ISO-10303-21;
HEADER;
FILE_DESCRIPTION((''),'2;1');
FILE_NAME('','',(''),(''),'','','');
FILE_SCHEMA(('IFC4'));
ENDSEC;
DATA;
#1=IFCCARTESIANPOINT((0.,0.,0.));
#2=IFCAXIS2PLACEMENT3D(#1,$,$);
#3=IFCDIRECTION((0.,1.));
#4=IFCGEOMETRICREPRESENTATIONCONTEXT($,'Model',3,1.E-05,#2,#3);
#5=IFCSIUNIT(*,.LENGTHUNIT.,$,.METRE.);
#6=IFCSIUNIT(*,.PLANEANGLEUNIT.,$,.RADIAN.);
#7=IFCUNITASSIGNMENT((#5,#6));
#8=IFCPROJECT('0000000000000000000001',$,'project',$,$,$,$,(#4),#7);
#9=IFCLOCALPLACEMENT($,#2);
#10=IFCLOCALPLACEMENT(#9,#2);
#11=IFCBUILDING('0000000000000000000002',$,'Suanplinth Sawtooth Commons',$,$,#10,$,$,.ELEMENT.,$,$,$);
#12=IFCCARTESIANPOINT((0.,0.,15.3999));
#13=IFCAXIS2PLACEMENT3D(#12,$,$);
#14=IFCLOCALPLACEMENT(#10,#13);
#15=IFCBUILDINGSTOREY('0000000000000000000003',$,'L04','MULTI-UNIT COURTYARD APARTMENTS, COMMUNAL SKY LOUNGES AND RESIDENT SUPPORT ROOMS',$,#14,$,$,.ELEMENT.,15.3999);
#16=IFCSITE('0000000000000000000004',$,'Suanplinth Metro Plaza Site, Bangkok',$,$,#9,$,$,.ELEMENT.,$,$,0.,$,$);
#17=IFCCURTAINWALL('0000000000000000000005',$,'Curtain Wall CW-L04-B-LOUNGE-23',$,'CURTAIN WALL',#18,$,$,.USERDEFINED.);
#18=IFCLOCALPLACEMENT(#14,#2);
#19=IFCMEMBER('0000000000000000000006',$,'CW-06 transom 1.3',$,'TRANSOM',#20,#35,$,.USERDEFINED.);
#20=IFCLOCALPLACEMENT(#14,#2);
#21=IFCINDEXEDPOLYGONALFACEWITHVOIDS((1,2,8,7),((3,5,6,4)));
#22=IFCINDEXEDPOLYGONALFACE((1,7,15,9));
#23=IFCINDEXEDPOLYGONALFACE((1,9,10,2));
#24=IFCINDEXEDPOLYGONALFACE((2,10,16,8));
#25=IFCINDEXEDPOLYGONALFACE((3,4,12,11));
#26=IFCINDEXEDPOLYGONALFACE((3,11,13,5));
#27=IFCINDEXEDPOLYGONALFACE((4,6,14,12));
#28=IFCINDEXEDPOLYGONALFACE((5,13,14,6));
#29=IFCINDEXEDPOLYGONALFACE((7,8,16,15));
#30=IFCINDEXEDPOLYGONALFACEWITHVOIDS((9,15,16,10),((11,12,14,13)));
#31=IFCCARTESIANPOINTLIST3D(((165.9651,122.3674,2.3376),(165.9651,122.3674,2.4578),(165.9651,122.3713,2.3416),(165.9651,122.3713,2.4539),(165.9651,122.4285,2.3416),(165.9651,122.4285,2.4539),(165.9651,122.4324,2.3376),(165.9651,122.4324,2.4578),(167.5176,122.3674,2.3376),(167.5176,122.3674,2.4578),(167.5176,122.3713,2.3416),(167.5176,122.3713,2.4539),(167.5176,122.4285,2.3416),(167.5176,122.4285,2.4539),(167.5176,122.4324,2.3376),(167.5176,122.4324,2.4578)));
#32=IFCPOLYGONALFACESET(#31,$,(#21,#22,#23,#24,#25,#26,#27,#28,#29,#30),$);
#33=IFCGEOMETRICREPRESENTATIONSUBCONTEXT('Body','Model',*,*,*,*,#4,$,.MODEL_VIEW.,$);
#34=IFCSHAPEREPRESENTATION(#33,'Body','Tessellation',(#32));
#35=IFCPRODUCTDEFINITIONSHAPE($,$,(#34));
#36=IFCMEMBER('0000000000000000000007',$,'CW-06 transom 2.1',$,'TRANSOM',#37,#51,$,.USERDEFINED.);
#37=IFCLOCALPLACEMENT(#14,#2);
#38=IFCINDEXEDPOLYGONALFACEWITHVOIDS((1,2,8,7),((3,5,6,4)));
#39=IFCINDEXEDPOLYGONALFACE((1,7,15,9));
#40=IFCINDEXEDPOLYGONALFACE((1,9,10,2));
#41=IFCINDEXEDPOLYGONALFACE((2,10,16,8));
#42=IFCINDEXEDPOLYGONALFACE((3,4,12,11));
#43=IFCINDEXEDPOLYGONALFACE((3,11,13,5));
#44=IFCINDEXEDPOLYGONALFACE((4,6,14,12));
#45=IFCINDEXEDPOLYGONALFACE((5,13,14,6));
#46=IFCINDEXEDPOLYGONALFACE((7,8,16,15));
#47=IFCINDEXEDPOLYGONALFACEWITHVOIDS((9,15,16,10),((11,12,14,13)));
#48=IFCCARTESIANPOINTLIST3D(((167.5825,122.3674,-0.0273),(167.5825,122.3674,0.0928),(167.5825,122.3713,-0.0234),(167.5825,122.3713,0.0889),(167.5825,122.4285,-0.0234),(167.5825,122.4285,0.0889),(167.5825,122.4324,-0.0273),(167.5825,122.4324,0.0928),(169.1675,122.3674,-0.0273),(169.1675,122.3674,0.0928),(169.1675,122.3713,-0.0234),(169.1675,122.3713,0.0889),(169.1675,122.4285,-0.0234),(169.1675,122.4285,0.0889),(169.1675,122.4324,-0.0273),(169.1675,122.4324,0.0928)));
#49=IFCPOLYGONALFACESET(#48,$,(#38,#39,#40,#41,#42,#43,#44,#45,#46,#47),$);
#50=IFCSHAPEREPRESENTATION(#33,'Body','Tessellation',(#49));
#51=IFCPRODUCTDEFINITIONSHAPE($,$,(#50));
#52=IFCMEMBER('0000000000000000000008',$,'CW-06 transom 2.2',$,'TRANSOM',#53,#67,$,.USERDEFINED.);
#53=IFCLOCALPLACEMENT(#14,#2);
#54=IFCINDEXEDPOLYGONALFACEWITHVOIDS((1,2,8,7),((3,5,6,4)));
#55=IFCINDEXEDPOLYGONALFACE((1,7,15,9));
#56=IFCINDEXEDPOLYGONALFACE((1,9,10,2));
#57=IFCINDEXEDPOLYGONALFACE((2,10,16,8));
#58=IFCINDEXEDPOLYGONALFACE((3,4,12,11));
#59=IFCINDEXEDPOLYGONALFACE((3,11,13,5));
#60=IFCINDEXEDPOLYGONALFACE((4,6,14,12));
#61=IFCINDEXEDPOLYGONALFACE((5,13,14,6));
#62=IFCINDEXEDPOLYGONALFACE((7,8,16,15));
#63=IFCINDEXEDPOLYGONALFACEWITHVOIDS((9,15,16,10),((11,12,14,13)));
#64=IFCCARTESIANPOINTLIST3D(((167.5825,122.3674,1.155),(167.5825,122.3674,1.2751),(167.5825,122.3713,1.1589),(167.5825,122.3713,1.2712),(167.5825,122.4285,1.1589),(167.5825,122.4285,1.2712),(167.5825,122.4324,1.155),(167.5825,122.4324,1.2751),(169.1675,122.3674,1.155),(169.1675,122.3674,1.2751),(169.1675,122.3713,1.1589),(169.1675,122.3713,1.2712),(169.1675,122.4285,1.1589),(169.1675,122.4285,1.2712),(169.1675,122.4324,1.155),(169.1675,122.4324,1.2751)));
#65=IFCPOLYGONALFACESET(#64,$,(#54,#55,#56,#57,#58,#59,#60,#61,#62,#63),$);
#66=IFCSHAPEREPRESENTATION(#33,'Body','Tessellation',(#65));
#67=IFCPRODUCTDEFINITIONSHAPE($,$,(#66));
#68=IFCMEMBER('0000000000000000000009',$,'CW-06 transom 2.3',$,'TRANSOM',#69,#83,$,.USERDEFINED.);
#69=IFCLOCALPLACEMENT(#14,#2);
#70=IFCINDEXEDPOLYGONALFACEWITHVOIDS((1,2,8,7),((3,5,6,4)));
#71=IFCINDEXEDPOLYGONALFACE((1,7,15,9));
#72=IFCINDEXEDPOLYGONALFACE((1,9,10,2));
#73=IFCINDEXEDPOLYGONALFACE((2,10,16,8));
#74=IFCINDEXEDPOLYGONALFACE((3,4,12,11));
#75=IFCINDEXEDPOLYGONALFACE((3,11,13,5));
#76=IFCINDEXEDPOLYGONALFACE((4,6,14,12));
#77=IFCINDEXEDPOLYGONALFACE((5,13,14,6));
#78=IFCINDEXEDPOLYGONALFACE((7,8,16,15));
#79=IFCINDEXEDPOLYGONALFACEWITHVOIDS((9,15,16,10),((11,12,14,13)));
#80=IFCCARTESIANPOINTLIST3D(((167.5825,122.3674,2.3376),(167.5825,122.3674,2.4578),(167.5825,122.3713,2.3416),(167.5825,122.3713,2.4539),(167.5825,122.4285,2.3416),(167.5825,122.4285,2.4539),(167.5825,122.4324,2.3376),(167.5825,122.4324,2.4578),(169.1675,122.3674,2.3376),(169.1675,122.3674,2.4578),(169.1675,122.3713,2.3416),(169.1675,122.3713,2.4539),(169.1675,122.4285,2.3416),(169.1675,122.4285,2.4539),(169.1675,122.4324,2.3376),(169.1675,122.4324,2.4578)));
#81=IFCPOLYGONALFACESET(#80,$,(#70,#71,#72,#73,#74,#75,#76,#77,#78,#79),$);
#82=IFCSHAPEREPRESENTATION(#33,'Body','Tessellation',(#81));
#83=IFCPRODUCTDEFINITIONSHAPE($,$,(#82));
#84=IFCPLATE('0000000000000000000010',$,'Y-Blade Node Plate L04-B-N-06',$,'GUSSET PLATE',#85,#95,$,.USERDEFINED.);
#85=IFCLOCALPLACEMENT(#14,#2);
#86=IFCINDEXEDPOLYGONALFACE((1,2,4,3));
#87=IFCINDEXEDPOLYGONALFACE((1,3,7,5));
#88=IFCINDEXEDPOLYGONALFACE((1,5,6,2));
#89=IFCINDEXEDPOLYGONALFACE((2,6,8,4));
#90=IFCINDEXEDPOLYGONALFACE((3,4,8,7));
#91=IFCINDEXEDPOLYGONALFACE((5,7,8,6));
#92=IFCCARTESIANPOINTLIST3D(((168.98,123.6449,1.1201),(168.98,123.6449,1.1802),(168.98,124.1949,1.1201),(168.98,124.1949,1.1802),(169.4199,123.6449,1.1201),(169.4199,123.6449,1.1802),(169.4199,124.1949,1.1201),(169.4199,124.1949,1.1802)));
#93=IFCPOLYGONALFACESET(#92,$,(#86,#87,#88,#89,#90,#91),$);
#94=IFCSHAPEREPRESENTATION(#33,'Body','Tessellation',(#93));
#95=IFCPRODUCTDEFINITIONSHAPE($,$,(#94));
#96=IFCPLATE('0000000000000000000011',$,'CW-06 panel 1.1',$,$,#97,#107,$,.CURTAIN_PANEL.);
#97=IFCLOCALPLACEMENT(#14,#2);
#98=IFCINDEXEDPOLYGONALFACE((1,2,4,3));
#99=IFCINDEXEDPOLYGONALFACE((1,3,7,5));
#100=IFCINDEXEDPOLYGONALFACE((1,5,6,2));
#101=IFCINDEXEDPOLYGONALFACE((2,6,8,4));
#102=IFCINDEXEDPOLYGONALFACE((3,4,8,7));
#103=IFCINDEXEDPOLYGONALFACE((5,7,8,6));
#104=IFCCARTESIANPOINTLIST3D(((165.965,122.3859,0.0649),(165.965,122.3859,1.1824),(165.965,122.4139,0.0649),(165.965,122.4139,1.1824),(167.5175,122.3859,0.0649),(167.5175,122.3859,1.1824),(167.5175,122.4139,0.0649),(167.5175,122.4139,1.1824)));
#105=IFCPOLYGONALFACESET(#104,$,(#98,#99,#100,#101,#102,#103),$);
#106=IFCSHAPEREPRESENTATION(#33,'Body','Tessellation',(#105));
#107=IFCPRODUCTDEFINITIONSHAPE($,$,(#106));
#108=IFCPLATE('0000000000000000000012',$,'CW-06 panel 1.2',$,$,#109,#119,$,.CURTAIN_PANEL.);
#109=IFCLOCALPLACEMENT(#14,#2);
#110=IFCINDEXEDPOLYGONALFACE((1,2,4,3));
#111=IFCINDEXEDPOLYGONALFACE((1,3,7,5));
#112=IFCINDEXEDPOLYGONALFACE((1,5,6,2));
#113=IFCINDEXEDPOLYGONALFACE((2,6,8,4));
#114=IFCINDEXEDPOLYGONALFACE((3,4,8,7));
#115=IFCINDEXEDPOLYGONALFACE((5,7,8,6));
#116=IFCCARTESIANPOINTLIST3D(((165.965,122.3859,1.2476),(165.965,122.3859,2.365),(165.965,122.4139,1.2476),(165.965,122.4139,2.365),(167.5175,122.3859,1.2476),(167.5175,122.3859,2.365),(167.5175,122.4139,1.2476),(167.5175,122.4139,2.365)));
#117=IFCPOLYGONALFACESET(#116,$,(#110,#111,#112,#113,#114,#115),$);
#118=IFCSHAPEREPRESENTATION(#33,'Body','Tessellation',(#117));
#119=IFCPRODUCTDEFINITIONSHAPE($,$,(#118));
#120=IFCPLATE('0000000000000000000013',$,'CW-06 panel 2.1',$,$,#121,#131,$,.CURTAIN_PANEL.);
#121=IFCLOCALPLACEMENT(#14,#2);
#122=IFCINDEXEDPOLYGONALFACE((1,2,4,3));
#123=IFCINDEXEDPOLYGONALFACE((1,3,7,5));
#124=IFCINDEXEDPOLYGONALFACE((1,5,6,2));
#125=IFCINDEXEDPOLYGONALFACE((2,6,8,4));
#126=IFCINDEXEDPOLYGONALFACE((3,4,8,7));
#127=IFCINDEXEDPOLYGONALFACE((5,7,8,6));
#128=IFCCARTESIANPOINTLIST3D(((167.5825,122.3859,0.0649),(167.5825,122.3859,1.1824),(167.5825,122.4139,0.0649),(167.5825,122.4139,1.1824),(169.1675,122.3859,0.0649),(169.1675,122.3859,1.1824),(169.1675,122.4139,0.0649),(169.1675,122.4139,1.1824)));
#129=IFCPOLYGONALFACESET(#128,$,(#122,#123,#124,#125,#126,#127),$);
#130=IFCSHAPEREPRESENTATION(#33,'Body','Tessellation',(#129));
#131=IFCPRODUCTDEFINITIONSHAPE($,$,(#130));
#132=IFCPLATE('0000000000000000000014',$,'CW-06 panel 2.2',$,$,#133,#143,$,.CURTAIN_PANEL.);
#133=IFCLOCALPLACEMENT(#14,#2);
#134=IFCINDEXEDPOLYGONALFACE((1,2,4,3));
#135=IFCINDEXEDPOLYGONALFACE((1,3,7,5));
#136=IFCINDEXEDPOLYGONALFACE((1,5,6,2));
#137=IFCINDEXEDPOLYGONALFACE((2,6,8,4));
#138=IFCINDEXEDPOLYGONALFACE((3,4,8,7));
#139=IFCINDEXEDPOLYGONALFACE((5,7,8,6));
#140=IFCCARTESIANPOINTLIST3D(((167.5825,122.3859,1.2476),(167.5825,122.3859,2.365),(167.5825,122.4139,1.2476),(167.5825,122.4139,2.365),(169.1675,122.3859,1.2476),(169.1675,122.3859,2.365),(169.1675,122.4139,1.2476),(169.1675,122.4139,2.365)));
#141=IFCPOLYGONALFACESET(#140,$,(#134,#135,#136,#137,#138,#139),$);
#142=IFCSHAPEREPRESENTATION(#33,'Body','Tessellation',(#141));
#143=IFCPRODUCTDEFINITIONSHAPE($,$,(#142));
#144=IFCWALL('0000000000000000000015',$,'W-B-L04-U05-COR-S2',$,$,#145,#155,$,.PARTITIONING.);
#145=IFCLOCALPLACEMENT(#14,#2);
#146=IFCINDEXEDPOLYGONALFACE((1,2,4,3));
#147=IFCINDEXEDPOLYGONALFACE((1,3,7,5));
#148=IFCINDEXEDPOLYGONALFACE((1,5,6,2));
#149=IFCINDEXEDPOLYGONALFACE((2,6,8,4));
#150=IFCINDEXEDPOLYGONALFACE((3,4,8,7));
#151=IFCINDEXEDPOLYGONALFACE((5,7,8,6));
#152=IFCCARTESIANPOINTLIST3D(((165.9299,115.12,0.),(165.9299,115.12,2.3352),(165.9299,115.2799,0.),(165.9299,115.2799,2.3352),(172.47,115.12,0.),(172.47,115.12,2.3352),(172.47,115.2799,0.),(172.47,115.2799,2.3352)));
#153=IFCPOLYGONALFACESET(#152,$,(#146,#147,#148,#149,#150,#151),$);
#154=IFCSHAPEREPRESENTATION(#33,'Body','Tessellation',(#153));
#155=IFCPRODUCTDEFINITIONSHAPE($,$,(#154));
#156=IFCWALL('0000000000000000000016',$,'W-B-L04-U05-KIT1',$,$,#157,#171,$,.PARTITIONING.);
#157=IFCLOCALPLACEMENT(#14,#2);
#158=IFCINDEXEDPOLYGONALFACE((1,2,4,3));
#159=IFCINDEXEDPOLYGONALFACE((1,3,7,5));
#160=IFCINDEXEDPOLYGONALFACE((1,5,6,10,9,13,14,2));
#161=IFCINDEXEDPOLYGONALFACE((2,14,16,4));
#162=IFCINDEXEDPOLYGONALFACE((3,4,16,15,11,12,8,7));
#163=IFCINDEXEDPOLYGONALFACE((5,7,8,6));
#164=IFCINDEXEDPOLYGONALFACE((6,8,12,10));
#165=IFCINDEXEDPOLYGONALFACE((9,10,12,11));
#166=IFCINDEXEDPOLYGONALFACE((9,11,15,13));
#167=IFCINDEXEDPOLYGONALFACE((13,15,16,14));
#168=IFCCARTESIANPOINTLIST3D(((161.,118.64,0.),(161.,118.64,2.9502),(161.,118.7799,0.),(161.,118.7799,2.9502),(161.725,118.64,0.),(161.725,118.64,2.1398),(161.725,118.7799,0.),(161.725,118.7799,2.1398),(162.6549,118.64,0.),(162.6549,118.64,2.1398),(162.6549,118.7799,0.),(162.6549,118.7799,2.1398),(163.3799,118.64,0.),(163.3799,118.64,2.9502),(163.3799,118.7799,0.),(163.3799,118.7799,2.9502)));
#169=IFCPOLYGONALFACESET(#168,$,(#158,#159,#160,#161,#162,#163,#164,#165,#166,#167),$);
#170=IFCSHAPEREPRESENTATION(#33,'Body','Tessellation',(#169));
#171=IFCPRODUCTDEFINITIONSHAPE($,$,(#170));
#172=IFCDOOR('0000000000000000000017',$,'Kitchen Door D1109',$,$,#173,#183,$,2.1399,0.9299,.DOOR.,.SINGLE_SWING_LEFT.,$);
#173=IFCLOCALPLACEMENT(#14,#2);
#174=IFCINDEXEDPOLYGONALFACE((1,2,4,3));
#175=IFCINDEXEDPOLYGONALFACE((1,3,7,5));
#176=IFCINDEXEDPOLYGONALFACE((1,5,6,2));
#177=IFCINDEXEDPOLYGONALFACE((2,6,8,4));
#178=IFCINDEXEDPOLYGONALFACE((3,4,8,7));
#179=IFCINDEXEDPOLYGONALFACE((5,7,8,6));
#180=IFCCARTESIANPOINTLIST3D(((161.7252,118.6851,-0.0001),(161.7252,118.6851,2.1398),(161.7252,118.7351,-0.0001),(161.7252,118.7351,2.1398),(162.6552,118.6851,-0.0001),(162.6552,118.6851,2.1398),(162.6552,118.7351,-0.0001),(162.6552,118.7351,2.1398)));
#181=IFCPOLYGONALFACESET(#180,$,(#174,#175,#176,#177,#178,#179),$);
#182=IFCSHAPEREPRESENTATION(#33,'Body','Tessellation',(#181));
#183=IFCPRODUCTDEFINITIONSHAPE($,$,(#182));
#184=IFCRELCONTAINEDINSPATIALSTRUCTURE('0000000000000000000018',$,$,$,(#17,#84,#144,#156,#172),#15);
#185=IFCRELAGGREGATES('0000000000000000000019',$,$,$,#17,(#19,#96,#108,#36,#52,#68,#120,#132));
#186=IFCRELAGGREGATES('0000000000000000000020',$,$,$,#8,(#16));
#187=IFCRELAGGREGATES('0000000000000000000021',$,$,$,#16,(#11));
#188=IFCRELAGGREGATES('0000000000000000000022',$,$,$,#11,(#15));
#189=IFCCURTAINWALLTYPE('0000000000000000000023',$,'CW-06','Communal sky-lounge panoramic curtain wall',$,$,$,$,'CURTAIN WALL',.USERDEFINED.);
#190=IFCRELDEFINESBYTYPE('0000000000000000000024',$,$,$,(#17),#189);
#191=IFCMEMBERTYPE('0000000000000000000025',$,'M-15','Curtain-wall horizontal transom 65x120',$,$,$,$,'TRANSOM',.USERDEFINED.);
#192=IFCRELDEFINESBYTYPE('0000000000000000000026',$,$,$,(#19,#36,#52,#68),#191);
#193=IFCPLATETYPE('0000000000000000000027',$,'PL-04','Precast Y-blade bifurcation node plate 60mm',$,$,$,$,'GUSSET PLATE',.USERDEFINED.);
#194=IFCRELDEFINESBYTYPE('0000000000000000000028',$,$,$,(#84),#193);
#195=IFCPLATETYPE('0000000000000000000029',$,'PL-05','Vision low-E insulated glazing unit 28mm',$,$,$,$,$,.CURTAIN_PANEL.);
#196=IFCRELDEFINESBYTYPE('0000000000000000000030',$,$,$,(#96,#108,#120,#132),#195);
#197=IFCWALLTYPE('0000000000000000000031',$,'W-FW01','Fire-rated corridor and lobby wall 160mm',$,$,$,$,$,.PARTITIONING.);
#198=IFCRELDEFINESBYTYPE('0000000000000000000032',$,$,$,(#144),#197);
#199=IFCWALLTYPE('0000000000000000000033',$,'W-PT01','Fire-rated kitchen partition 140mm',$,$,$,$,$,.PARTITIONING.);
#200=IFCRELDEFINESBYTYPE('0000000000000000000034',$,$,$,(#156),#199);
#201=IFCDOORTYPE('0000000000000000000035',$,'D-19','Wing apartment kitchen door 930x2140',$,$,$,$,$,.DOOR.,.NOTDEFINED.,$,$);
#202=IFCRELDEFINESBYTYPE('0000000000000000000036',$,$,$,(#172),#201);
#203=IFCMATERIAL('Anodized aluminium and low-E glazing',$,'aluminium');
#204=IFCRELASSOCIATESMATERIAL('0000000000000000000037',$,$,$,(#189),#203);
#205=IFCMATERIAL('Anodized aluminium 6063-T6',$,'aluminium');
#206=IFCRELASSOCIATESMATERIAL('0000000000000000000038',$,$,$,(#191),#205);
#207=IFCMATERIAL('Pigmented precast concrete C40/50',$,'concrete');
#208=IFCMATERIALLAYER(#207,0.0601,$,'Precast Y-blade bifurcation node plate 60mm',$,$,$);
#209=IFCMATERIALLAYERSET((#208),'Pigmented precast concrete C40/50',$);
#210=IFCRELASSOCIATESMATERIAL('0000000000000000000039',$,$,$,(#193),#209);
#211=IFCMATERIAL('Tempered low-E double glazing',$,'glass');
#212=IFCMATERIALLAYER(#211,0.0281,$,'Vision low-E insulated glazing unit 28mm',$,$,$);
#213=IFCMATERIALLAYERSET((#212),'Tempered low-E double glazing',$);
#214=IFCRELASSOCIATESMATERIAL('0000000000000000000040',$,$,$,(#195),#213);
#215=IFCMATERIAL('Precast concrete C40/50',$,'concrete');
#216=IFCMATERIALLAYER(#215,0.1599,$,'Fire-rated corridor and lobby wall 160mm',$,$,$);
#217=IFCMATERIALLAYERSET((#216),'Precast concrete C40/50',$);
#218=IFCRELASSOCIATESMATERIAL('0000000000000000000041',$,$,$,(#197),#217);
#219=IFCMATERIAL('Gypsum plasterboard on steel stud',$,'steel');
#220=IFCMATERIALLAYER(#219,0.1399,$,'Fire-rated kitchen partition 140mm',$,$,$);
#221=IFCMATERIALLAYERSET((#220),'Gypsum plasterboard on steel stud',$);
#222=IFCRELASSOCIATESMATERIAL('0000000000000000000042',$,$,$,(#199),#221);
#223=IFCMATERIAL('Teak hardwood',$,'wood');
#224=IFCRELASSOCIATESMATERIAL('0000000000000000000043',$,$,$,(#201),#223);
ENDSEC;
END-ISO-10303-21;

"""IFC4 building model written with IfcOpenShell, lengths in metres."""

from ifc_helpers import new_model, si_unit, direction, frame, frame_2d, origin, origin_2d, place, context, subcontext, project, spatial, rectangle, hollow_rectangle, extrude, material, layer, layer_set, material_profile, profile_set, type_object, element, fill, aggregate, save


model = new_model("IFC4")

# Units and contexts
model_context = context("Model", 3, precision=1e-05, world=origin(), true_north=direction((0.0, 1.0)))
body_context = subcontext(model_context, "Body", "Model", "MODEL_VIEW")
ifc_project = project(units=[si_unit("LENGTHUNIT", "METRE"), si_unit("PLANEANGLEUNIT", "RADIAN")], contexts=[model_context])

# Site, building, storey
site_placement = place(None, origin())
site = spatial("IfcSite", under=ifc_project, at=site_placement, Name="Suanplinth Metro Plaza Site, Bangkok", CompositionType="ELEMENT", RefElevation=0.0)
building_placement = place(site_placement, origin())
building = spatial("IfcBuilding", under=site, at=building_placement, Name="Suanplinth Sawtooth Commons", CompositionType="ELEMENT")
storey_placement = place(building_placement, frame((0.0, 0.0, 15.3999)))
storey = spatial("IfcBuildingStorey", under=building, at=storey_placement, Name="L04", Description="MULTI-UNIT COURTYARD APARTMENTS, COMMUNAL SKY LOUNGES AND RESIDENT SUPPORT ROOMS", CompositionType="ELEMENT", Elevation=15.3999)

# Shared definitions
ifc_material_1 = material(Name="Precast concrete C40/50", Category="concrete")

# Shared definitions
ifc_material_2 = material(Name="Pigmented precast concrete C40/50", Category="concrete")

# Curtain wall, members
ifc_material_3 = material(Name="Anodized aluminium and low-E glazing", Category="aluminium")
curtain_wall_type = type_object("IfcCurtainWallType", Name="CW-06", Description="Communal sky-lounge panoramic curtain wall", ElementType="CURTAIN WALL", PredefinedType="USERDEFINED", material=ifc_material_3)
curtain_wall_placement = place(storey_placement, origin())
curtain_wall = element("IfcCurtainWall", 1, at=curtain_wall_placement, inside=storey, type_object=curtain_wall_type, Name="Curtain Wall CW-L04-B-LOUNGE-23", ObjectType="CURTAIN WALL", PredefinedType="USERDEFINED")
ifc_material_4 = material(Name="Anodized aluminium 6063-T6", Category="aluminium")
ifc_material_profile_1 = material_profile(ifc_material_4, hollow_rectangle(XDim=0.0649, YDim=0.1201, WallThickness=0.0039, at=origin_2d()), Name="ALU-TRN 65x120")
ifc_profile_set_1 = profile_set([ifc_material_profile_1], Name="Anodized aluminium 6063-T6")
member_type_1 = type_object("IfcMemberType", Name="M-15", Description="Curtain-wall horizontal transom 65x120", ElementType="TRANSOM", PredefinedType="USERDEFINED", material=ifc_profile_set_1)
member_1_placement = place(storey_placement, frame((165.9651, 122.3999, 2.3977), z_axis=(1.0, 0.0, 0.0), x_axis=(0.0, 1.0, 0.0)))
member_1 = element("IfcMember", 2, at=member_1_placement, type_object=member_type_1, Name="CW-06 transom 1.3", ObjectType="TRANSOM", PredefinedType="USERDEFINED", context=body_context, shape_type="SweptSolid", body=[
    extrude(hollow_rectangle(XDim=0.0649, YDim=0.1201, WallThickness=0.0039, at=origin_2d()), origin(), (0.0, 0.0, 1.0), 1.5525),
])
member_2_placement = place(storey_placement, frame((167.5825, 122.3999, 0.0327), z_axis=(1.0, 0.0, 0.0), x_axis=(0.0, 1.0, 0.0)))
member_2 = element("IfcMember", 3, at=member_2_placement, type_object=member_type_1, Name="CW-06 transom 2.1", ObjectType="TRANSOM", PredefinedType="USERDEFINED", context=body_context, shape_type="SweptSolid", body=[
    extrude(hollow_rectangle(XDim=0.0649, YDim=0.1201, WallThickness=0.0039, at=origin_2d()), origin(), (0.0, 0.0, 1.0), 1.585),
])
member_3_placement = place(storey_placement, frame((167.5825, 122.3999, 1.2151), z_axis=(1.0, 0.0, 0.0), x_axis=(0.0, 1.0, 0.0)))
member_3 = element("IfcMember", 4, at=member_3_placement, type_object=member_type_1, Name="CW-06 transom 2.2", ObjectType="TRANSOM", PredefinedType="USERDEFINED", context=body_context, shape_type="SweptSolid", body=[
    extrude(hollow_rectangle(XDim=0.0649, YDim=0.1201, WallThickness=0.0039, at=origin_2d()), origin(), (0.0, 0.0, 1.0), 1.585),
])
member_4_placement = place(storey_placement, frame((167.5825, 122.3999, 2.3977), z_axis=(1.0, 0.0, 0.0), x_axis=(0.0, 1.0, 0.0)))
member_4 = element("IfcMember", 5, at=member_4_placement, type_object=member_type_1, Name="CW-06 transom 2.3", ObjectType="TRANSOM", PredefinedType="USERDEFINED", context=body_context, shape_type="SweptSolid", body=[
    extrude(hollow_rectangle(XDim=0.0649, YDim=0.1201, WallThickness=0.0039, at=origin_2d()), origin(), (0.0, 0.0, 1.0), 1.585),
])

# Plates
ifc_layer_1 = layer(ifc_material_2, 0.0601, Name="Precast Y-blade bifurcation node plate 60mm")
ifc_layer_set_1 = layer_set([ifc_layer_1], Name="Pigmented precast concrete C40/50")
plate_type_1 = type_object("IfcPlateType", Name="PL-04", Description="Precast Y-blade bifurcation node plate 60mm", ElementType="GUSSET PLATE", PredefinedType="USERDEFINED", material=ifc_layer_set_1)
plate_1_placement = place(storey_placement, frame((169.2, 123.9199, 1.1201), z_axis=(0.0, 0.0, 1.0), x_axis=(1.0, 0.0, 0.0)))
element("IfcPlate", 6, at=plate_1_placement, inside=storey, type_object=plate_type_1, Name="Y-Blade Node Plate L04-B-N-06", ObjectType="GUSSET PLATE", PredefinedType="USERDEFINED", context=body_context, shape_type="SweptSolid", body=[
    extrude(rectangle(XDim=0.4399, YDim=0.55, at=origin_2d()), origin(), (0.0, 0.0, 1.0), 0.0601),
])
ifc_material_5 = material(Name="Tempered low-E double glazing", Category="glass")
ifc_layer_2 = layer(ifc_material_5, 0.0281, Name="Vision low-E insulated glazing unit 28mm")
ifc_layer_set_2 = layer_set([ifc_layer_2], Name="Tempered low-E double glazing")
plate_type_2 = type_object("IfcPlateType", Name="PL-05", Description="Vision low-E insulated glazing unit 28mm", PredefinedType="CURTAIN_PANEL", material=ifc_layer_set_2)
plate_2_placement = place(storey_placement, frame((166.7412, 122.3999, 0.0649), z_axis=(0.0, 0.0, 1.0), x_axis=(1.0, 0.0, 0.0)))
plate_2 = element("IfcPlate", 7, at=plate_2_placement, type_object=plate_type_2, Name="CW-06 panel 1.1", PredefinedType="CURTAIN_PANEL", context=body_context, shape_type="SweptSolid", body=[
    extrude(rectangle(XDim=1.5525, YDim=0.0281, at=origin_2d()), origin(), (0.0, 0.0, 1.0), 1.1174),
])
plate_3_placement = place(storey_placement, frame((166.7412, 122.3999, 1.2476), z_axis=(0.0, 0.0, 1.0), x_axis=(1.0, 0.0, 0.0)))
plate_3 = element("IfcPlate", 8, at=plate_3_placement, type_object=plate_type_2, Name="CW-06 panel 1.2", PredefinedType="CURTAIN_PANEL", context=body_context, shape_type="SweptSolid", body=[
    extrude(rectangle(XDim=1.5525, YDim=0.0281, at=origin_2d()), origin(), (0.0, 0.0, 1.0), 1.1174),
])
plate_4_placement = place(storey_placement, frame((168.375, 122.3999, 0.0649), z_axis=(0.0, 0.0, 1.0), x_axis=(1.0, 0.0, 0.0)))
plate_4 = element("IfcPlate", 9, at=plate_4_placement, type_object=plate_type_2, Name="CW-06 panel 2.1", PredefinedType="CURTAIN_PANEL", context=body_context, shape_type="SweptSolid", body=[
    extrude(rectangle(XDim=1.585, YDim=0.0281, at=origin_2d()), origin(), (0.0, 0.0, 1.0), 1.1174),
])
plate_5_placement = place(storey_placement, frame((168.375, 122.3999, 1.2476), z_axis=(0.0, 0.0, 1.0), x_axis=(1.0, 0.0, 0.0)))
plate_5 = element("IfcPlate", 10, at=plate_5_placement, type_object=plate_type_2, Name="CW-06 panel 2.2", PredefinedType="CURTAIN_PANEL", context=body_context, shape_type="SweptSolid", body=[
    extrude(rectangle(XDim=1.585, YDim=0.0281, at=origin_2d()), origin(), (0.0, 0.0, 1.0), 1.1174),
])
aggregate(curtain_wall, [member_1, plate_2, plate_3, member_2, member_3, member_4, plate_4, plate_5])

# Wall
ifc_layer_3 = layer(ifc_material_1, 0.1599, Name="Fire-rated corridor and lobby wall 160mm")
ifc_layer_set_3 = layer_set([ifc_layer_3], Name="Precast concrete C40/50")
wall_type_1 = type_object("IfcWallType", Name="W-FW01", Description="Fire-rated corridor and lobby wall 160mm", PredefinedType="PARTITIONING", material=ifc_layer_set_3)
wall_1_placement = place(storey_placement, frame((165.9299, 115.2, 0.0), z_axis=(0.0, 0.0, 1.0), x_axis=(1.0, 0.0, 0.0)))
element("IfcWall", 11, at=wall_1_placement, inside=storey, type_object=wall_type_1, Name="W-B-L04-U05-COR-S2", PredefinedType="PARTITIONING", context=body_context, shape_type="SweptSolid", body=[
    extrude(rectangle(XDim=6.54, YDim=0.1599, at=frame_2d((3.27, 0.0))), origin(), (0.0, 0.0, 1.0), 2.3352),
])

# Wall, opening, door
ifc_material_6 = material(Name="Gypsum plasterboard on steel stud", Category="steel")
ifc_layer_4 = layer(ifc_material_6, 0.1399, Name="Fire-rated kitchen partition 140mm")
ifc_layer_set_4 = layer_set([ifc_layer_4], Name="Gypsum plasterboard on steel stud")
wall_type_2 = type_object("IfcWallType", Name="W-PT01", Description="Fire-rated kitchen partition 140mm", PredefinedType="PARTITIONING", material=ifc_layer_set_4)
wall_2_placement = place(storey_placement, frame((161.0, 118.71, 0.0), z_axis=(0.0, 0.0, 1.0), x_axis=(1.0, 0.0, 0.0)))
wall_2 = element("IfcWall", 12, at=wall_2_placement, inside=storey, type_object=wall_type_2, Name="W-B-L04-U05-KIT1", PredefinedType="PARTITIONING", context=body_context, shape_type="SweptSolid", body=[
    extrude(rectangle(XDim=2.3799, YDim=0.1399, at=frame_2d((1.1899, 0.0))), origin(), (0.0, 0.0, 1.0), 2.9502),
])
opening_1_placement = place(wall_2_placement, frame((0.7251, 0.0, 0.0)))
opening_1 = element("IfcOpeningElement", 13, at=opening_1_placement, cuts=wall_2, PredefinedType="OPENING", context=body_context, shape_type="SweptSolid", body=[
    extrude(rectangle(XDim=0.9299, YDim=2.1399, at=frame_2d((0.4648, 1.0698))), frame((0.0, 0.085, 0.0), z_axis=(0.0, -1.0, 0.0), x_axis=(1.0, 0.0, 0.0)), (0.0, 0.0, 1.0), 0.1697),
])
ifc_material_7 = material(Name="Teak hardwood", Category="wood")
door_type_1 = type_object("IfcDoorType", Name="D-19", Description="Wing apartment kitchen door 930x2140", OperationType="NOTDEFINED", PredefinedType="DOOR", material=ifc_material_7)
door_1_placement = place(opening_1_placement, frame((0.9299, 0.0, 0.0), z_axis=(0.0, 0.0, 1.0), x_axis=(-1.0, 0.0, 0.0)))
door_1 = element("IfcDoor", 14, at=door_1_placement, inside=storey, type_object=door_type_1, Name="Kitchen Door D1109", OperationType="SINGLE_SWING_LEFT", OverallHeight=2.1399, OverallWidth=0.9299, PredefinedType="DOOR", context=body_context, shape_type="SweptSolid", body=[
    extrude(rectangle(XDim=0.9299, YDim=2.1399, at=frame_2d((0.4648, 1.0698))), frame((0.0, 0.0249, 0.0), z_axis=(0.0, -1.0, 0.0), x_axis=(1.0, 0.0, 0.0)), (0.0, 0.0, 1.0), 0.05),
])
fill(opening_1, door_1)

save(model, "model.ifc")
